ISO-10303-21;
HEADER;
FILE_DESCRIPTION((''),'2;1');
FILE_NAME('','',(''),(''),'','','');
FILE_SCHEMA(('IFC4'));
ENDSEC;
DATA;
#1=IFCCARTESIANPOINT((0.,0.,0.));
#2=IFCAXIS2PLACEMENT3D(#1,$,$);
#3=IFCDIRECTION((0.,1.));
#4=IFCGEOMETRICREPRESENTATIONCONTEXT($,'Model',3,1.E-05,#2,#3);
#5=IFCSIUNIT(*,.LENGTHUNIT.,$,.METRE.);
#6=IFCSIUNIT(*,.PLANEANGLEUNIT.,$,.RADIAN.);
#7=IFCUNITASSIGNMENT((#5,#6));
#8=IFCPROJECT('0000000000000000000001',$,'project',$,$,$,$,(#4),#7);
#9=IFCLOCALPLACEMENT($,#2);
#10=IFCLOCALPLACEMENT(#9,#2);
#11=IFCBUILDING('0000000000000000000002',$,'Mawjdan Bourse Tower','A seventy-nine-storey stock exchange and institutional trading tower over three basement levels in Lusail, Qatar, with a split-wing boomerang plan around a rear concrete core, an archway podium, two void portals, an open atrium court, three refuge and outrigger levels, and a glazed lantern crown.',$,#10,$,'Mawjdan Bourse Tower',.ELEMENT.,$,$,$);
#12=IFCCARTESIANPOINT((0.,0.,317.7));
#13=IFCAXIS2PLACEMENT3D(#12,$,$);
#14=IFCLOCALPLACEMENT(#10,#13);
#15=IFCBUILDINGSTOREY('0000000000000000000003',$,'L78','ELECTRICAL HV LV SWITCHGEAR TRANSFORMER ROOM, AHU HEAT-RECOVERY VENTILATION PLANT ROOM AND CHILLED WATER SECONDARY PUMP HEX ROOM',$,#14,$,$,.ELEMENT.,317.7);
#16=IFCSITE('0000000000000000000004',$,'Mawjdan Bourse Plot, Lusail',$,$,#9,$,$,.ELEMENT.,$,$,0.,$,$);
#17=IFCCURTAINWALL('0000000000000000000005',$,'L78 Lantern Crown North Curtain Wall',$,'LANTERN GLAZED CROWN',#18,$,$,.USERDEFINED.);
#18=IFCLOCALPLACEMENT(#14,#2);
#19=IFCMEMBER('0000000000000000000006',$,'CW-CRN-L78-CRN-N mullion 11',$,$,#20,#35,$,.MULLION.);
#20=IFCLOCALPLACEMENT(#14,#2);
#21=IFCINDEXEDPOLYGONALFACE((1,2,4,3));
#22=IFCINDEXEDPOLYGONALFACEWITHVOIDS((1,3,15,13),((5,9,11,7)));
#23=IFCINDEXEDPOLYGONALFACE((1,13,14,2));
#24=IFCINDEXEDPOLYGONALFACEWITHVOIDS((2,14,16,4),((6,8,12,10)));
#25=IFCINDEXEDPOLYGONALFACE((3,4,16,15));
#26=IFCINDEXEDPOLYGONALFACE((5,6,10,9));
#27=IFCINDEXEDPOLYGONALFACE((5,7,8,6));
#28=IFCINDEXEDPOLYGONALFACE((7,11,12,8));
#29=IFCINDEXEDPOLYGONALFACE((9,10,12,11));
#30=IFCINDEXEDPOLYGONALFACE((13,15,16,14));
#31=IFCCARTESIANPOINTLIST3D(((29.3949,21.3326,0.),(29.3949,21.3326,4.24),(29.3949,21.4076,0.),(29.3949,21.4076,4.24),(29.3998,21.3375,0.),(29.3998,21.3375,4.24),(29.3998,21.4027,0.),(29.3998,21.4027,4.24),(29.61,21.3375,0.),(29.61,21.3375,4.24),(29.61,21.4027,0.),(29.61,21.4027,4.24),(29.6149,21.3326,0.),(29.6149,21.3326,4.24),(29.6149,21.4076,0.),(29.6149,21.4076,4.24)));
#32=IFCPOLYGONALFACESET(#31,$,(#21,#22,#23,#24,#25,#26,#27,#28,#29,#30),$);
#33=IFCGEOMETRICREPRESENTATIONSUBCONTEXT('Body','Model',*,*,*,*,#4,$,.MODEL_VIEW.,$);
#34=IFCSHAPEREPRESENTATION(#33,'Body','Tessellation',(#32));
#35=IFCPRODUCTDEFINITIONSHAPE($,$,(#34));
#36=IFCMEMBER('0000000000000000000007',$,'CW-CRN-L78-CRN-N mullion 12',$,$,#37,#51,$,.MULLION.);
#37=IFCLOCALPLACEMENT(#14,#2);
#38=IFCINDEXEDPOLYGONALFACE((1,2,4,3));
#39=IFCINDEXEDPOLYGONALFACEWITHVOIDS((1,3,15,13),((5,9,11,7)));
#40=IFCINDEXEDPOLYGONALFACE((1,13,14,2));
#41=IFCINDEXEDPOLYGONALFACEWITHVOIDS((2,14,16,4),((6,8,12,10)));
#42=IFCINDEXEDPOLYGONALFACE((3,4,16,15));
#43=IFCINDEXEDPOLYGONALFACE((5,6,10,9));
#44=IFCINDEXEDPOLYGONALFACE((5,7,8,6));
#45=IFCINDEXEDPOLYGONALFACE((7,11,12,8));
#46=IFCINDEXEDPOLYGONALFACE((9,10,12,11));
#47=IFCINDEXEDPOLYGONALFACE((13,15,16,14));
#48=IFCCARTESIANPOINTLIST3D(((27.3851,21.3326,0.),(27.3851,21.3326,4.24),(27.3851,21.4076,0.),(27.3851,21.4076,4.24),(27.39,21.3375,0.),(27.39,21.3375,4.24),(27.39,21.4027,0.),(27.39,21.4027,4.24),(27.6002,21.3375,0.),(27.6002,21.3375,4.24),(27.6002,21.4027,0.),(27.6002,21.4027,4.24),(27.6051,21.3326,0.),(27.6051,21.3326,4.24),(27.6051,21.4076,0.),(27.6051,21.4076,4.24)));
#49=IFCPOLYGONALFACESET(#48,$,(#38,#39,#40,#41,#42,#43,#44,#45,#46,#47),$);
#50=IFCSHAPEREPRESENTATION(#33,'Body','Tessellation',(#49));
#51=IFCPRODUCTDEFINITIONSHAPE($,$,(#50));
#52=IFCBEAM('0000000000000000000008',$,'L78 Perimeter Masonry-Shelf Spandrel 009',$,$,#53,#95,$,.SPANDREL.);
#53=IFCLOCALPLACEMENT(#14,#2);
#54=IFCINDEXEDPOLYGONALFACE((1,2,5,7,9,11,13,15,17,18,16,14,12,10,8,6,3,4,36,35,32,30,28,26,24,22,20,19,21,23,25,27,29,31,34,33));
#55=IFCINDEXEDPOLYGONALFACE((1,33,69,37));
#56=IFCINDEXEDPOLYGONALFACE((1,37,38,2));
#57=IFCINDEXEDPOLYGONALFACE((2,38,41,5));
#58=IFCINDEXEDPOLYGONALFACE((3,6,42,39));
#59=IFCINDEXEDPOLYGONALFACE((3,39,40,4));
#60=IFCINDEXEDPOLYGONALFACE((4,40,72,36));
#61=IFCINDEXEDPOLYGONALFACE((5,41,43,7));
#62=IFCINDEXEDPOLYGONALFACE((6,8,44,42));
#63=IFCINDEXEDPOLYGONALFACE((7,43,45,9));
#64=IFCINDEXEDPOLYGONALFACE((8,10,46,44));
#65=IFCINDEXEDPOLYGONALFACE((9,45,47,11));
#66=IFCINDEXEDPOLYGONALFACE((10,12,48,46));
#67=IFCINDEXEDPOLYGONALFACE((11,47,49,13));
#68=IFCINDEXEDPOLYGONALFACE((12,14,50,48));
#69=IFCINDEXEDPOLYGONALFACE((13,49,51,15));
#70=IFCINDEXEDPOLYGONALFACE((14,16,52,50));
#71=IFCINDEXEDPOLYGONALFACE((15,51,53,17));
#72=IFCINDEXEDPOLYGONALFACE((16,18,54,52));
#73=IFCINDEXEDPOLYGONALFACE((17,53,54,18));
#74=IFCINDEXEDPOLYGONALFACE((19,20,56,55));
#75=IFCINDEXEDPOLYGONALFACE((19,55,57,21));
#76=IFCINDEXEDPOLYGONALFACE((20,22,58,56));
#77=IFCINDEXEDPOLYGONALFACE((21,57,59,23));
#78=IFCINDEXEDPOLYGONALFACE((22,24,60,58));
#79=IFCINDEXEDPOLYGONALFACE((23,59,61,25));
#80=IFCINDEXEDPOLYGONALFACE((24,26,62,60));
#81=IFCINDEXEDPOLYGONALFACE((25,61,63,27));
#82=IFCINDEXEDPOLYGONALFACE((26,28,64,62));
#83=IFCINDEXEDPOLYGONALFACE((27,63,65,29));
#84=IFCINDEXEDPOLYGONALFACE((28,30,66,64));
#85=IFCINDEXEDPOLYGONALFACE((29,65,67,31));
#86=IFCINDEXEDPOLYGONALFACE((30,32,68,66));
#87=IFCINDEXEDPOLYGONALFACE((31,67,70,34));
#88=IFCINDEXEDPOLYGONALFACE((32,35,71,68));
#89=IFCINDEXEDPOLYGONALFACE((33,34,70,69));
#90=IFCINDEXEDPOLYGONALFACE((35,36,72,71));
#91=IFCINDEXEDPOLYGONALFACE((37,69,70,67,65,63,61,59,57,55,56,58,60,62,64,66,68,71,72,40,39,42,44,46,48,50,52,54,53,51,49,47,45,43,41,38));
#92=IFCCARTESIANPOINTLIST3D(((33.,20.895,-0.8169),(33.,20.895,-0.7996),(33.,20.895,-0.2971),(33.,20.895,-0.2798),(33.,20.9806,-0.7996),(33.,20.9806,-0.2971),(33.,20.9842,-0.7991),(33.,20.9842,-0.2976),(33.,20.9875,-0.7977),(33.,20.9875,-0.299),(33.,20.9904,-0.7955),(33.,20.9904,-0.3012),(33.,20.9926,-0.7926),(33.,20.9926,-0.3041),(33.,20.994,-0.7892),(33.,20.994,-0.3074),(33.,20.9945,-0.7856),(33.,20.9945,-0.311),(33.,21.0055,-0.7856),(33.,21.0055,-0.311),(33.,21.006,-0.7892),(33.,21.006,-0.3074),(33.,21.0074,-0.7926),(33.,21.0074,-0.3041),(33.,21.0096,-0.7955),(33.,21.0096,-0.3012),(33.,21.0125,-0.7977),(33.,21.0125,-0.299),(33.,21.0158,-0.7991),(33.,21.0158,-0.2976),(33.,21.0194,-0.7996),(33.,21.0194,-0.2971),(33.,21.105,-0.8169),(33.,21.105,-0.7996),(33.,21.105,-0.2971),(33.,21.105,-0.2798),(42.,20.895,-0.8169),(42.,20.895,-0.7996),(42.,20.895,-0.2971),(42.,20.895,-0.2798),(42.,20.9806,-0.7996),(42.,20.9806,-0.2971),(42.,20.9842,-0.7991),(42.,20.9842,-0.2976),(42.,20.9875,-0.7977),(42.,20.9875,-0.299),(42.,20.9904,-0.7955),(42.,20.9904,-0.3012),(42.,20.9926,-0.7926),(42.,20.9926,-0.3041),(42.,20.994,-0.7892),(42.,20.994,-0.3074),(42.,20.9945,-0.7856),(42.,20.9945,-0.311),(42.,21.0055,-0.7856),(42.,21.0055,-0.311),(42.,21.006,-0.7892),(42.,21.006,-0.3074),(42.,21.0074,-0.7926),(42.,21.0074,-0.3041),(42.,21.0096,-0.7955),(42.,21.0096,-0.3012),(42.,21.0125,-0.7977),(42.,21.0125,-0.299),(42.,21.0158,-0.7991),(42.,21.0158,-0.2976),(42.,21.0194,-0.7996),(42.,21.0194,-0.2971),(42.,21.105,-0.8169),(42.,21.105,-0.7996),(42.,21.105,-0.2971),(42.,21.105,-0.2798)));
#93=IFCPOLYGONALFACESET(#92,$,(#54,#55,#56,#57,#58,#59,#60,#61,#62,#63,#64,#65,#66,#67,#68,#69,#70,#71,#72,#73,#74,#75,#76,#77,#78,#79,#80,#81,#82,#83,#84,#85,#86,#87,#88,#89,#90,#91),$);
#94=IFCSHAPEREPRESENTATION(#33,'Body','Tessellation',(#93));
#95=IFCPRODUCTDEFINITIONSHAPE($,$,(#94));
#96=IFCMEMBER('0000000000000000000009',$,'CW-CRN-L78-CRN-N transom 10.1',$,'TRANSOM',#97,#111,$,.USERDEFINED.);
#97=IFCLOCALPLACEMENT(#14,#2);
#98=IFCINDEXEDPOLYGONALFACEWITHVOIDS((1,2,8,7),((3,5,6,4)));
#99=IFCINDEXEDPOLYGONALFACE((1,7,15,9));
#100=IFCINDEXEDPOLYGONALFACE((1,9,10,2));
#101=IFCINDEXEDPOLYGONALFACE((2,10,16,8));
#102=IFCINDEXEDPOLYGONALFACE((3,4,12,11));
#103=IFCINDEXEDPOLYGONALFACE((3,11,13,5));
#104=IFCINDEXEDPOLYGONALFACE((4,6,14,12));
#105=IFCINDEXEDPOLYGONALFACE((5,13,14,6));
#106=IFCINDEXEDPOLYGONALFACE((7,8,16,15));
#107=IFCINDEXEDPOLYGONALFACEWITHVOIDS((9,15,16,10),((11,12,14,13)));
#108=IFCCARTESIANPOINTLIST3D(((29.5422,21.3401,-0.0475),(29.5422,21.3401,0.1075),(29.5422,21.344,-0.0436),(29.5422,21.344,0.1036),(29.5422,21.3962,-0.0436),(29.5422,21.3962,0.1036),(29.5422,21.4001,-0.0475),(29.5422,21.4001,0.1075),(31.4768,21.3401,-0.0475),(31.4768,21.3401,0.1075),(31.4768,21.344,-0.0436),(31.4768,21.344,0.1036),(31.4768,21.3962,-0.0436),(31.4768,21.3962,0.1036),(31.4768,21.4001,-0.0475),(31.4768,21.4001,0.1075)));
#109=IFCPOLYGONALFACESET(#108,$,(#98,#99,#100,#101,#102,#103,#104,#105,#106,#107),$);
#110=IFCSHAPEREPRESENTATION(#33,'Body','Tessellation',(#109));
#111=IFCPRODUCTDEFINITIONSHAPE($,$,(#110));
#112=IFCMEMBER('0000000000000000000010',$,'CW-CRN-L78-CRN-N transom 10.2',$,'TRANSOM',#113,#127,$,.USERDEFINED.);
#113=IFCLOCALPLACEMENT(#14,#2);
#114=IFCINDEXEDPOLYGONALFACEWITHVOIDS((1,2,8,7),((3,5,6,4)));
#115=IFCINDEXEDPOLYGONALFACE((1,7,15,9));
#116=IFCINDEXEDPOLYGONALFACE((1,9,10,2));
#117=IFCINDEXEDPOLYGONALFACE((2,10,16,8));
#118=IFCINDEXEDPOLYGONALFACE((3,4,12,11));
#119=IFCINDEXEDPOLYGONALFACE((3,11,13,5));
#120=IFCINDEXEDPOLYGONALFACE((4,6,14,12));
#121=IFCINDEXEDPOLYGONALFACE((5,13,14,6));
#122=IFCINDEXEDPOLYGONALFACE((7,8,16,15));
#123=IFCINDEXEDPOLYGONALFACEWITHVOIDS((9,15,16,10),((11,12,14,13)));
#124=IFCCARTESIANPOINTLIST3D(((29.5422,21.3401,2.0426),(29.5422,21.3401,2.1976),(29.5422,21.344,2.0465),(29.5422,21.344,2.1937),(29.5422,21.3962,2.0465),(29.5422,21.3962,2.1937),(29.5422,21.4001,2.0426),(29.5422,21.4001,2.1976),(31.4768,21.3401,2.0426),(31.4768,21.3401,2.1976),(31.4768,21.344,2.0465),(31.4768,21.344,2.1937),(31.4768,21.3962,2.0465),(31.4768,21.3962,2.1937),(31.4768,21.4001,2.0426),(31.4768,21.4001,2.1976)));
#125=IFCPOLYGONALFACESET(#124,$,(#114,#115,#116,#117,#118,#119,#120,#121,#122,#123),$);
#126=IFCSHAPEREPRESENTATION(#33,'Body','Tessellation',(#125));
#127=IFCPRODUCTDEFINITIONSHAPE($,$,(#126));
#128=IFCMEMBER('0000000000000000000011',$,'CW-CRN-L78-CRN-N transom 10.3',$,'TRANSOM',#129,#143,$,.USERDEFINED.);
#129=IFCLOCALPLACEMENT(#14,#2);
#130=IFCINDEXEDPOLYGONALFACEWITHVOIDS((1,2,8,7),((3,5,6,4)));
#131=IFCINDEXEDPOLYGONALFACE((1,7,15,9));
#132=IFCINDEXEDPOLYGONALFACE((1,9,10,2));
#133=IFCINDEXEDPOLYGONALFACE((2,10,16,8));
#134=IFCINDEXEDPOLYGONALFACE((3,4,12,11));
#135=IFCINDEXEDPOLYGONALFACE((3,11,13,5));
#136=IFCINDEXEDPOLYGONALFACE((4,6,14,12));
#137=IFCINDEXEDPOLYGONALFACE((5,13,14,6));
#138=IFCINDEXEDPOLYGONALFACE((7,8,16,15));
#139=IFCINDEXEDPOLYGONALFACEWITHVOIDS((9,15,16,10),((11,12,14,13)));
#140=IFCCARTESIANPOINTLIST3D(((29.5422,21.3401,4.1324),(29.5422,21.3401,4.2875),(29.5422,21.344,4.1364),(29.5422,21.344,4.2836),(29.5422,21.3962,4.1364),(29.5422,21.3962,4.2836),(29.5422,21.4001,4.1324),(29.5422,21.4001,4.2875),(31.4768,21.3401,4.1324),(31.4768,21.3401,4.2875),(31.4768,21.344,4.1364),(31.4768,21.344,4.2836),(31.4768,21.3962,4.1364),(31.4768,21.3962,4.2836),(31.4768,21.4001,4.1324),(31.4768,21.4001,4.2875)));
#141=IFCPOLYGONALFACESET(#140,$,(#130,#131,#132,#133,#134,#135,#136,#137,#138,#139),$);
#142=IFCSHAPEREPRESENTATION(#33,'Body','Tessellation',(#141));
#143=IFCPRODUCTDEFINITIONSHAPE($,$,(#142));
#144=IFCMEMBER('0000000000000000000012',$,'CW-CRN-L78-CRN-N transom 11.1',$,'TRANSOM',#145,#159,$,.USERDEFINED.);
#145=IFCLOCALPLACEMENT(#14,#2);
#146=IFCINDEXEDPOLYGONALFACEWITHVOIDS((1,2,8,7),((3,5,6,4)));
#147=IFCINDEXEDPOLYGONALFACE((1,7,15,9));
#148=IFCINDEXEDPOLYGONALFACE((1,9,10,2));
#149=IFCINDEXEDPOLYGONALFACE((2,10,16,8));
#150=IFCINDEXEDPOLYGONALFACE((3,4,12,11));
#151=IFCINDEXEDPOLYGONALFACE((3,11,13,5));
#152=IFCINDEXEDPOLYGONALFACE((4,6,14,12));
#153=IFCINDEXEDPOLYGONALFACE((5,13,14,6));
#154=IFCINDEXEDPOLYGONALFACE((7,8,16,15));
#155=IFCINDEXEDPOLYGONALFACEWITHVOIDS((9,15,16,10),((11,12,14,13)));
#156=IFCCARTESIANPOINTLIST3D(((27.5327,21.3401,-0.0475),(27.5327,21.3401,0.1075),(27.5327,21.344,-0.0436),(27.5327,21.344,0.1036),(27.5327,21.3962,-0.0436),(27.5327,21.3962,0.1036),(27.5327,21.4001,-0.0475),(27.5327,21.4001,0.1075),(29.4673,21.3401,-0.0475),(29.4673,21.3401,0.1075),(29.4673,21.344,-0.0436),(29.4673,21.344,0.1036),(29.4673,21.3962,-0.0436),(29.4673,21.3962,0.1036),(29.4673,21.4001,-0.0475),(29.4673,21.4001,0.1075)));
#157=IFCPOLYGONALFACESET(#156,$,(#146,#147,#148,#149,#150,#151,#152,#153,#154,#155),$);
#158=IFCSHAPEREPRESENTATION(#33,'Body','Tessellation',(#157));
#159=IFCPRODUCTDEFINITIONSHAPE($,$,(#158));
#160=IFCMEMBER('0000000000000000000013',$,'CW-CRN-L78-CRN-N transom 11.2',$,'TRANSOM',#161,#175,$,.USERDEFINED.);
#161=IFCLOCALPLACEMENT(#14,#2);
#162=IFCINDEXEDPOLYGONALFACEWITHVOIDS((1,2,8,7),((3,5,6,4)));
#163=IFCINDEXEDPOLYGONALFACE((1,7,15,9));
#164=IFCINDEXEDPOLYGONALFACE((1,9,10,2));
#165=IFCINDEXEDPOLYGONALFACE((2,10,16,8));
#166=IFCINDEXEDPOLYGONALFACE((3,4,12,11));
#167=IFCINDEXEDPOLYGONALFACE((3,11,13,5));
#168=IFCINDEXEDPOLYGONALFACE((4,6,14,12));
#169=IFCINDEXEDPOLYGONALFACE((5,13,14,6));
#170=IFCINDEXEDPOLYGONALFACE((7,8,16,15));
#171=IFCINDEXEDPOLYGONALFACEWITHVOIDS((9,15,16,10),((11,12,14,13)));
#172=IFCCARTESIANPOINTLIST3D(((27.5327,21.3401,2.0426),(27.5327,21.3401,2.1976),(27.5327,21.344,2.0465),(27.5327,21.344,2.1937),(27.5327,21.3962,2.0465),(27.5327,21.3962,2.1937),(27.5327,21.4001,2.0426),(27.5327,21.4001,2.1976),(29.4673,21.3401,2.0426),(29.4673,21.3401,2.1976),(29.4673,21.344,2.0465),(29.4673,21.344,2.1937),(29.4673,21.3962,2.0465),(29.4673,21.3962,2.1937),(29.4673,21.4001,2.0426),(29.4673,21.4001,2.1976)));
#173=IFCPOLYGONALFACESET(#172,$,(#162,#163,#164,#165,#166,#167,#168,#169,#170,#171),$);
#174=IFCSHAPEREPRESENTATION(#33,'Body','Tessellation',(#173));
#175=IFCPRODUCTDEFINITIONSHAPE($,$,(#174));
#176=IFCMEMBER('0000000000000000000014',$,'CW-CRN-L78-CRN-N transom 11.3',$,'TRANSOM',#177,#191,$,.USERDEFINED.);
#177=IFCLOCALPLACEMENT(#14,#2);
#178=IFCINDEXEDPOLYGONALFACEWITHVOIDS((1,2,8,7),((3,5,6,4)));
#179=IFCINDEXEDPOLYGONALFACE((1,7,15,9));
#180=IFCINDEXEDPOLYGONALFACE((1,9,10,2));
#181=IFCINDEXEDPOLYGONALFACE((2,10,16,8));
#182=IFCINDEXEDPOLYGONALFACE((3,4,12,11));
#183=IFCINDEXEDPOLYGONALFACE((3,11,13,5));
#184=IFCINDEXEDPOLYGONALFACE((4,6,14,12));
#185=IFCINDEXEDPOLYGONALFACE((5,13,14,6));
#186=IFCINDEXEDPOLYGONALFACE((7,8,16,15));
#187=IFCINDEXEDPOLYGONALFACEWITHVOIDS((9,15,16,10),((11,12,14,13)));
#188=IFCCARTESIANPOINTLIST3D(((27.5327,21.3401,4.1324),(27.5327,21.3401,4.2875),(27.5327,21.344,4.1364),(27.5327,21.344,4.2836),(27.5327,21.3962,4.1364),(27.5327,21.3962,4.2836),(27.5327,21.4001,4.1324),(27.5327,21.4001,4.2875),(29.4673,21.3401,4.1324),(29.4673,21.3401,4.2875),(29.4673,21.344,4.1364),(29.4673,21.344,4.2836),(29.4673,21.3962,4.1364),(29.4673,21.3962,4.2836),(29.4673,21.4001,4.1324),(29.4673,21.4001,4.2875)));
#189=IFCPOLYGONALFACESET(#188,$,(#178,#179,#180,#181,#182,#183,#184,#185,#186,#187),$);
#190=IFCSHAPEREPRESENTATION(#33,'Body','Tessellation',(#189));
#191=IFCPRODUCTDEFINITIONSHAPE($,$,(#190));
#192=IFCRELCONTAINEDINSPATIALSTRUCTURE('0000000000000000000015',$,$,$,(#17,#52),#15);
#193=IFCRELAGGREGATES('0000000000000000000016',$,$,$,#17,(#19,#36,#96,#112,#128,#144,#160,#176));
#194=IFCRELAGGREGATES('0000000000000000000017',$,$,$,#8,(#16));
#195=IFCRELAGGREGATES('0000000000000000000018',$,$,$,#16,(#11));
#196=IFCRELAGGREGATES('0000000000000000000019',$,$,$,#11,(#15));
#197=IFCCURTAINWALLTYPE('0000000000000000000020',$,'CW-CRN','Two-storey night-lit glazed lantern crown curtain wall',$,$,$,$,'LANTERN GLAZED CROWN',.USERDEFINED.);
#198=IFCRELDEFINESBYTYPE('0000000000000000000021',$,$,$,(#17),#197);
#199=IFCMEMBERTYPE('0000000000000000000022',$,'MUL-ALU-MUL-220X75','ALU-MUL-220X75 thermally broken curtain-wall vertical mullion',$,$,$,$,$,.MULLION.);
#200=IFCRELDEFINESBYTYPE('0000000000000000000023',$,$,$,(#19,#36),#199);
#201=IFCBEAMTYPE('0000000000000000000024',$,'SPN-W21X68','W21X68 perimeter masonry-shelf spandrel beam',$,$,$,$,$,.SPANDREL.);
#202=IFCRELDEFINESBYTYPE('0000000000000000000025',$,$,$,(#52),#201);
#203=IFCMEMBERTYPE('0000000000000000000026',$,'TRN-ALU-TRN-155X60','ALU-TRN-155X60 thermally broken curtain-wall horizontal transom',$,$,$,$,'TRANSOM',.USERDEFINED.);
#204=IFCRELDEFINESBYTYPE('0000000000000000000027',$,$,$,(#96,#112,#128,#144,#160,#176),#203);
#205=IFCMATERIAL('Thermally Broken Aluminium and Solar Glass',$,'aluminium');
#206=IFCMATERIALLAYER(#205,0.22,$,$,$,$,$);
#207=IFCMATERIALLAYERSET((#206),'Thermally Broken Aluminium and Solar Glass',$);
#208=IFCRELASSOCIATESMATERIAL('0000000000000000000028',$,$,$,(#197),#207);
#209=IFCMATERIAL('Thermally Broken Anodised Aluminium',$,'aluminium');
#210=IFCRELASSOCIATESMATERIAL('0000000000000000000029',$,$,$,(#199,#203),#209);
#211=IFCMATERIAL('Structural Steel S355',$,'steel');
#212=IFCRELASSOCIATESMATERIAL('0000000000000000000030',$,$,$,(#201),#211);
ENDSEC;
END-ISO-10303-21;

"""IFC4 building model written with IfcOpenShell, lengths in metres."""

from ifc_helpers import new_model, si_unit, direction, frame, origin, origin_2d, place, context, subcontext, project, spatial, hollow_rectangle, i_section, extrude, material, layer, layer_set, material_profile, profile_set, type_object, element, aggregate, save


model = new_model("IFC4")

# Units and contexts
model_context = context("Model", 3, precision=1e-05, world=origin(), true_north=direction((0.0, 1.0)))
body_context = subcontext(model_context, "Body", "Model", "MODEL_VIEW")
ifc_project = project(units=[si_unit("LENGTHUNIT", "METRE"), si_unit("PLANEANGLEUNIT", "RADIAN")], contexts=[model_context])

# Site, building, storey
site_placement = place(None, origin())
site = spatial("IfcSite", under=ifc_project, at=site_placement, Name="Mawjdan Bourse Plot, Lusail", CompositionType="ELEMENT", RefElevation=0.0)
building_placement = place(site_placement, origin())
building = spatial("IfcBuilding", under=site, at=building_placement, Name="Mawjdan Bourse Tower", Description="A seventy-nine-storey stock exchange and institutional trading tower over three basement levels in Lusail, Qatar, with a split-wing boomerang plan around a rear concrete core, an archway podium, two void portals, an open atrium court, three refuge and outrigger levels, and a glazed lantern crown.", LongName="Mawjdan Bourse Tower", CompositionType="ELEMENT")
storey_placement = place(building_placement, frame((0.0, 0.0, 317.7)))
storey = spatial("IfcBuildingStorey", under=building, at=storey_placement, Name="L78", Description="ELECTRICAL HV LV SWITCHGEAR TRANSFORMER ROOM, AHU HEAT-RECOVERY VENTILATION PLANT ROOM AND CHILLED WATER SECONDARY PUMP HEX ROOM", CompositionType="ELEMENT", Elevation=317.7)

# Shared definitions
ifc_material_1 = material(Name="Structural Steel S355", Category="steel")

# Curtain wall, members
ifc_material_2 = material(Name="Thermally Broken Aluminium and Solar Glass", Category="aluminium")
ifc_layer_1 = layer(ifc_material_2, 0.22)
ifc_layer_set_1 = layer_set([ifc_layer_1], Name="Thermally Broken Aluminium and Solar Glass")
curtain_wall_type = type_object("IfcCurtainWallType", Name="CW-CRN", Description="Two-storey night-lit glazed lantern crown curtain wall", ElementType="LANTERN GLAZED CROWN", PredefinedType="USERDEFINED", material=ifc_layer_set_1)
curtain_wall_placement = place(storey_placement, origin())
curtain_wall = element("IfcCurtainWall", 1, at=curtain_wall_placement, inside=storey, type_object=curtain_wall_type, Name="L78 Lantern Crown North Curtain Wall", ObjectType="LANTERN GLAZED CROWN", PredefinedType="USERDEFINED")
ifc_material_3 = material(Name="Thermally Broken Anodised Aluminium", Category="aluminium")
ifc_material_profile_1 = material_profile(ifc_material_3, hollow_rectangle(XDim=0.075, YDim=0.22, WallThickness=0.0049, at=origin_2d()), Name="ALU-MUL-220X75")
ifc_profile_set_1 = profile_set([ifc_material_profile_1], Name="Thermally Broken Anodised Aluminium")
member_type_1 = type_object("IfcMemberType", Name="MUL-ALU-MUL-220X75", Description="ALU-MUL-220X75 thermally broken curtain-wall vertical mullion", PredefinedType="MULLION", material=ifc_profile_set_1)
member_1_placement = place(storey_placement, frame((29.5049, 21.3701, 0.0), z_axis=(0.0, 0.0, 1.0), x_axis=(0.0, -1.0, 0.0)))
member_1 = element("IfcMember", 2, at=member_1_placement, type_object=member_type_1, Name="CW-CRN-L78-CRN-N mullion 11", PredefinedType="MULLION", context=body_context, shape_type="SweptSolid", body=[
    extrude(hollow_rectangle(XDim=0.075, YDim=0.22, WallThickness=0.0049, at=origin_2d()), origin(), (0.0, 0.0, 1.0), 4.24),
])
member_2_placement = place(storey_placement, frame((27.4951, 21.3701, 0.0), z_axis=(0.0, 0.0, 1.0), x_axis=(0.0, -1.0, 0.0)))
member_2 = element("IfcMember", 3, at=member_2_placement, type_object=member_type_1, Name="CW-CRN-L78-CRN-N mullion 12", PredefinedType="MULLION", context=body_context, shape_type="SweptSolid", body=[
    extrude(hollow_rectangle(XDim=0.075, YDim=0.22, WallThickness=0.0049, at=origin_2d()), origin(), (0.0, 0.0, 1.0), 4.24),
])

# Beam
ifc_material_profile_2 = material_profile(ifc_material_1, i_section(OverallWidth=0.21, OverallDepth=0.5371, WebThickness=0.011, FlangeThickness=0.0173, FilletRadius=0.0139, at=origin_2d()), Name="W21X68")
ifc_profile_set_2 = profile_set([ifc_material_profile_2], Name="Structural Steel S355")
beam_type_1 = type_object("IfcBeamType", Name="SPN-W21X68", Description="W21X68 perimeter masonry-shelf spandrel beam", PredefinedType="SPANDREL", material=ifc_profile_set_2)
beam_placement = place(storey_placement, frame((33.0, 21.0, -0.5483), z_axis=(1.0, 0.0, 0.0), x_axis=(0.0, 1.0, 0.0)))
element("IfcBeam", 4, at=beam_placement, inside=storey, type_object=beam_type_1, Name="L78 Perimeter Masonry-Shelf Spandrel 009", PredefinedType="SPANDREL", context=body_context, shape_type="SweptSolid", body=[
    extrude(i_section(OverallWidth=0.21, OverallDepth=0.5371, WebThickness=0.011, FlangeThickness=0.0173, FilletRadius=0.0139, at=origin_2d()), origin(), (0.0, 0.0, 1.0), 9.0),
])

# Members
ifc_material_profile_3 = material_profile(ifc_material_3, hollow_rectangle(XDim=0.0601, YDim=0.155, WallThickness=0.0039, at=origin_2d()), Name="ALU-TRN-155X60")
ifc_profile_set_3 = profile_set([ifc_material_profile_3], Name="Thermally Broken Anodised Aluminium")
member_type_2 = type_object("IfcMemberType", Name="TRN-ALU-TRN-155X60", Description="ALU-TRN-155X60 thermally broken curtain-wall horizontal transom", ElementType="TRANSOM", PredefinedType="USERDEFINED", material=ifc_profile_set_3)
member_3_placement = place(storey_placement, frame((31.4768, 21.3701, 0.03), z_axis=(-1.0, 0.0, 0.0), x_axis=(0.0, -1.0, 0.0)))
member_3 = element("IfcMember", 5, at=member_3_placement, type_object=member_type_2, Name="CW-CRN-L78-CRN-N transom 10.1", ObjectType="TRANSOM", PredefinedType="USERDEFINED", context=body_context, shape_type="SweptSolid", body=[
    extrude(hollow_rectangle(XDim=0.0601, YDim=0.155, WallThickness=0.0039, at=origin_2d()), origin(), (0.0, 0.0, 1.0), 1.9346),
])
member_4_placement = place(storey_placement, frame((31.4768, 21.3701, 2.1201), z_axis=(-1.0, 0.0, 0.0), x_axis=(0.0, -1.0, 0.0)))
member_4 = element("IfcMember", 6, at=member_4_placement, type_object=member_type_2, Name="CW-CRN-L78-CRN-N transom 10.2", ObjectType="TRANSOM", PredefinedType="USERDEFINED", context=body_context, shape_type="SweptSolid", body=[
    extrude(hollow_rectangle(XDim=0.0601, YDim=0.155, WallThickness=0.0039, at=origin_2d()), origin(), (0.0, 0.0, 1.0), 1.9346),
])
member_5_placement = place(storey_placement, frame((31.4768, 21.3701, 4.21), z_axis=(-1.0, 0.0, 0.0), x_axis=(0.0, -1.0, 0.0)))
member_5 = element("IfcMember", 7, at=member_5_placement, type_object=member_type_2, Name="CW-CRN-L78-CRN-N transom 10.3", ObjectType="TRANSOM", PredefinedType="USERDEFINED", context=body_context, shape_type="SweptSolid", body=[
    extrude(hollow_rectangle(XDim=0.0601, YDim=0.155, WallThickness=0.0039, at=origin_2d()), origin(), (0.0, 0.0, 1.0), 1.9346),
])
member_6_placement = place(storey_placement, frame((29.4673, 21.3701, 0.03), z_axis=(-1.0, 0.0, 0.0), x_axis=(0.0, -1.0, 0.0)))
member_6 = element("IfcMember", 8, at=member_6_placement, type_object=member_type_2, Name="CW-CRN-L78-CRN-N transom 11.1", ObjectType="TRANSOM", PredefinedType="USERDEFINED", context=body_context, shape_type="SweptSolid", body=[
    extrude(hollow_rectangle(XDim=0.0601, YDim=0.155, WallThickness=0.0039, at=origin_2d()), origin(), (0.0, 0.0, 1.0), 1.9346),
])
member_7_placement = place(storey_placement, frame((29.4673, 21.3701, 2.1201), z_axis=(-1.0, 0.0, 0.0), x_axis=(0.0, -1.0, 0.0)))
member_7 = element("IfcMember", 9, at=member_7_placement, type_object=member_type_2, Name="CW-CRN-L78-CRN-N transom 11.2", ObjectType="TRANSOM", PredefinedType="USERDEFINED", context=body_context, shape_type="SweptSolid", body=[
    extrude(hollow_rectangle(XDim=0.0601, YDim=0.155, WallThickness=0.0039, at=origin_2d()), origin(), (0.0, 0.0, 1.0), 1.9346),
])
member_8_placement = place(storey_placement, frame((29.4673, 21.3701, 4.21), z_axis=(-1.0, 0.0, 0.0), x_axis=(0.0, -1.0, 0.0)))
member_8 = element("IfcMember", 10, at=member_8_placement, type_object=member_type_2, Name="CW-CRN-L78-CRN-N transom 11.3", ObjectType="TRANSOM", PredefinedType="USERDEFINED", context=body_context, shape_type="SweptSolid", body=[
    extrude(hollow_rectangle(XDim=0.0601, YDim=0.155, WallThickness=0.0039, at=origin_2d()), origin(), (0.0, 0.0, 1.0), 1.9346),
])

aggregate(curtain_wall, [member_1, member_2, member_3, member_4, member_5, member_6, member_7, member_8])

save(model, "model.ifc")
